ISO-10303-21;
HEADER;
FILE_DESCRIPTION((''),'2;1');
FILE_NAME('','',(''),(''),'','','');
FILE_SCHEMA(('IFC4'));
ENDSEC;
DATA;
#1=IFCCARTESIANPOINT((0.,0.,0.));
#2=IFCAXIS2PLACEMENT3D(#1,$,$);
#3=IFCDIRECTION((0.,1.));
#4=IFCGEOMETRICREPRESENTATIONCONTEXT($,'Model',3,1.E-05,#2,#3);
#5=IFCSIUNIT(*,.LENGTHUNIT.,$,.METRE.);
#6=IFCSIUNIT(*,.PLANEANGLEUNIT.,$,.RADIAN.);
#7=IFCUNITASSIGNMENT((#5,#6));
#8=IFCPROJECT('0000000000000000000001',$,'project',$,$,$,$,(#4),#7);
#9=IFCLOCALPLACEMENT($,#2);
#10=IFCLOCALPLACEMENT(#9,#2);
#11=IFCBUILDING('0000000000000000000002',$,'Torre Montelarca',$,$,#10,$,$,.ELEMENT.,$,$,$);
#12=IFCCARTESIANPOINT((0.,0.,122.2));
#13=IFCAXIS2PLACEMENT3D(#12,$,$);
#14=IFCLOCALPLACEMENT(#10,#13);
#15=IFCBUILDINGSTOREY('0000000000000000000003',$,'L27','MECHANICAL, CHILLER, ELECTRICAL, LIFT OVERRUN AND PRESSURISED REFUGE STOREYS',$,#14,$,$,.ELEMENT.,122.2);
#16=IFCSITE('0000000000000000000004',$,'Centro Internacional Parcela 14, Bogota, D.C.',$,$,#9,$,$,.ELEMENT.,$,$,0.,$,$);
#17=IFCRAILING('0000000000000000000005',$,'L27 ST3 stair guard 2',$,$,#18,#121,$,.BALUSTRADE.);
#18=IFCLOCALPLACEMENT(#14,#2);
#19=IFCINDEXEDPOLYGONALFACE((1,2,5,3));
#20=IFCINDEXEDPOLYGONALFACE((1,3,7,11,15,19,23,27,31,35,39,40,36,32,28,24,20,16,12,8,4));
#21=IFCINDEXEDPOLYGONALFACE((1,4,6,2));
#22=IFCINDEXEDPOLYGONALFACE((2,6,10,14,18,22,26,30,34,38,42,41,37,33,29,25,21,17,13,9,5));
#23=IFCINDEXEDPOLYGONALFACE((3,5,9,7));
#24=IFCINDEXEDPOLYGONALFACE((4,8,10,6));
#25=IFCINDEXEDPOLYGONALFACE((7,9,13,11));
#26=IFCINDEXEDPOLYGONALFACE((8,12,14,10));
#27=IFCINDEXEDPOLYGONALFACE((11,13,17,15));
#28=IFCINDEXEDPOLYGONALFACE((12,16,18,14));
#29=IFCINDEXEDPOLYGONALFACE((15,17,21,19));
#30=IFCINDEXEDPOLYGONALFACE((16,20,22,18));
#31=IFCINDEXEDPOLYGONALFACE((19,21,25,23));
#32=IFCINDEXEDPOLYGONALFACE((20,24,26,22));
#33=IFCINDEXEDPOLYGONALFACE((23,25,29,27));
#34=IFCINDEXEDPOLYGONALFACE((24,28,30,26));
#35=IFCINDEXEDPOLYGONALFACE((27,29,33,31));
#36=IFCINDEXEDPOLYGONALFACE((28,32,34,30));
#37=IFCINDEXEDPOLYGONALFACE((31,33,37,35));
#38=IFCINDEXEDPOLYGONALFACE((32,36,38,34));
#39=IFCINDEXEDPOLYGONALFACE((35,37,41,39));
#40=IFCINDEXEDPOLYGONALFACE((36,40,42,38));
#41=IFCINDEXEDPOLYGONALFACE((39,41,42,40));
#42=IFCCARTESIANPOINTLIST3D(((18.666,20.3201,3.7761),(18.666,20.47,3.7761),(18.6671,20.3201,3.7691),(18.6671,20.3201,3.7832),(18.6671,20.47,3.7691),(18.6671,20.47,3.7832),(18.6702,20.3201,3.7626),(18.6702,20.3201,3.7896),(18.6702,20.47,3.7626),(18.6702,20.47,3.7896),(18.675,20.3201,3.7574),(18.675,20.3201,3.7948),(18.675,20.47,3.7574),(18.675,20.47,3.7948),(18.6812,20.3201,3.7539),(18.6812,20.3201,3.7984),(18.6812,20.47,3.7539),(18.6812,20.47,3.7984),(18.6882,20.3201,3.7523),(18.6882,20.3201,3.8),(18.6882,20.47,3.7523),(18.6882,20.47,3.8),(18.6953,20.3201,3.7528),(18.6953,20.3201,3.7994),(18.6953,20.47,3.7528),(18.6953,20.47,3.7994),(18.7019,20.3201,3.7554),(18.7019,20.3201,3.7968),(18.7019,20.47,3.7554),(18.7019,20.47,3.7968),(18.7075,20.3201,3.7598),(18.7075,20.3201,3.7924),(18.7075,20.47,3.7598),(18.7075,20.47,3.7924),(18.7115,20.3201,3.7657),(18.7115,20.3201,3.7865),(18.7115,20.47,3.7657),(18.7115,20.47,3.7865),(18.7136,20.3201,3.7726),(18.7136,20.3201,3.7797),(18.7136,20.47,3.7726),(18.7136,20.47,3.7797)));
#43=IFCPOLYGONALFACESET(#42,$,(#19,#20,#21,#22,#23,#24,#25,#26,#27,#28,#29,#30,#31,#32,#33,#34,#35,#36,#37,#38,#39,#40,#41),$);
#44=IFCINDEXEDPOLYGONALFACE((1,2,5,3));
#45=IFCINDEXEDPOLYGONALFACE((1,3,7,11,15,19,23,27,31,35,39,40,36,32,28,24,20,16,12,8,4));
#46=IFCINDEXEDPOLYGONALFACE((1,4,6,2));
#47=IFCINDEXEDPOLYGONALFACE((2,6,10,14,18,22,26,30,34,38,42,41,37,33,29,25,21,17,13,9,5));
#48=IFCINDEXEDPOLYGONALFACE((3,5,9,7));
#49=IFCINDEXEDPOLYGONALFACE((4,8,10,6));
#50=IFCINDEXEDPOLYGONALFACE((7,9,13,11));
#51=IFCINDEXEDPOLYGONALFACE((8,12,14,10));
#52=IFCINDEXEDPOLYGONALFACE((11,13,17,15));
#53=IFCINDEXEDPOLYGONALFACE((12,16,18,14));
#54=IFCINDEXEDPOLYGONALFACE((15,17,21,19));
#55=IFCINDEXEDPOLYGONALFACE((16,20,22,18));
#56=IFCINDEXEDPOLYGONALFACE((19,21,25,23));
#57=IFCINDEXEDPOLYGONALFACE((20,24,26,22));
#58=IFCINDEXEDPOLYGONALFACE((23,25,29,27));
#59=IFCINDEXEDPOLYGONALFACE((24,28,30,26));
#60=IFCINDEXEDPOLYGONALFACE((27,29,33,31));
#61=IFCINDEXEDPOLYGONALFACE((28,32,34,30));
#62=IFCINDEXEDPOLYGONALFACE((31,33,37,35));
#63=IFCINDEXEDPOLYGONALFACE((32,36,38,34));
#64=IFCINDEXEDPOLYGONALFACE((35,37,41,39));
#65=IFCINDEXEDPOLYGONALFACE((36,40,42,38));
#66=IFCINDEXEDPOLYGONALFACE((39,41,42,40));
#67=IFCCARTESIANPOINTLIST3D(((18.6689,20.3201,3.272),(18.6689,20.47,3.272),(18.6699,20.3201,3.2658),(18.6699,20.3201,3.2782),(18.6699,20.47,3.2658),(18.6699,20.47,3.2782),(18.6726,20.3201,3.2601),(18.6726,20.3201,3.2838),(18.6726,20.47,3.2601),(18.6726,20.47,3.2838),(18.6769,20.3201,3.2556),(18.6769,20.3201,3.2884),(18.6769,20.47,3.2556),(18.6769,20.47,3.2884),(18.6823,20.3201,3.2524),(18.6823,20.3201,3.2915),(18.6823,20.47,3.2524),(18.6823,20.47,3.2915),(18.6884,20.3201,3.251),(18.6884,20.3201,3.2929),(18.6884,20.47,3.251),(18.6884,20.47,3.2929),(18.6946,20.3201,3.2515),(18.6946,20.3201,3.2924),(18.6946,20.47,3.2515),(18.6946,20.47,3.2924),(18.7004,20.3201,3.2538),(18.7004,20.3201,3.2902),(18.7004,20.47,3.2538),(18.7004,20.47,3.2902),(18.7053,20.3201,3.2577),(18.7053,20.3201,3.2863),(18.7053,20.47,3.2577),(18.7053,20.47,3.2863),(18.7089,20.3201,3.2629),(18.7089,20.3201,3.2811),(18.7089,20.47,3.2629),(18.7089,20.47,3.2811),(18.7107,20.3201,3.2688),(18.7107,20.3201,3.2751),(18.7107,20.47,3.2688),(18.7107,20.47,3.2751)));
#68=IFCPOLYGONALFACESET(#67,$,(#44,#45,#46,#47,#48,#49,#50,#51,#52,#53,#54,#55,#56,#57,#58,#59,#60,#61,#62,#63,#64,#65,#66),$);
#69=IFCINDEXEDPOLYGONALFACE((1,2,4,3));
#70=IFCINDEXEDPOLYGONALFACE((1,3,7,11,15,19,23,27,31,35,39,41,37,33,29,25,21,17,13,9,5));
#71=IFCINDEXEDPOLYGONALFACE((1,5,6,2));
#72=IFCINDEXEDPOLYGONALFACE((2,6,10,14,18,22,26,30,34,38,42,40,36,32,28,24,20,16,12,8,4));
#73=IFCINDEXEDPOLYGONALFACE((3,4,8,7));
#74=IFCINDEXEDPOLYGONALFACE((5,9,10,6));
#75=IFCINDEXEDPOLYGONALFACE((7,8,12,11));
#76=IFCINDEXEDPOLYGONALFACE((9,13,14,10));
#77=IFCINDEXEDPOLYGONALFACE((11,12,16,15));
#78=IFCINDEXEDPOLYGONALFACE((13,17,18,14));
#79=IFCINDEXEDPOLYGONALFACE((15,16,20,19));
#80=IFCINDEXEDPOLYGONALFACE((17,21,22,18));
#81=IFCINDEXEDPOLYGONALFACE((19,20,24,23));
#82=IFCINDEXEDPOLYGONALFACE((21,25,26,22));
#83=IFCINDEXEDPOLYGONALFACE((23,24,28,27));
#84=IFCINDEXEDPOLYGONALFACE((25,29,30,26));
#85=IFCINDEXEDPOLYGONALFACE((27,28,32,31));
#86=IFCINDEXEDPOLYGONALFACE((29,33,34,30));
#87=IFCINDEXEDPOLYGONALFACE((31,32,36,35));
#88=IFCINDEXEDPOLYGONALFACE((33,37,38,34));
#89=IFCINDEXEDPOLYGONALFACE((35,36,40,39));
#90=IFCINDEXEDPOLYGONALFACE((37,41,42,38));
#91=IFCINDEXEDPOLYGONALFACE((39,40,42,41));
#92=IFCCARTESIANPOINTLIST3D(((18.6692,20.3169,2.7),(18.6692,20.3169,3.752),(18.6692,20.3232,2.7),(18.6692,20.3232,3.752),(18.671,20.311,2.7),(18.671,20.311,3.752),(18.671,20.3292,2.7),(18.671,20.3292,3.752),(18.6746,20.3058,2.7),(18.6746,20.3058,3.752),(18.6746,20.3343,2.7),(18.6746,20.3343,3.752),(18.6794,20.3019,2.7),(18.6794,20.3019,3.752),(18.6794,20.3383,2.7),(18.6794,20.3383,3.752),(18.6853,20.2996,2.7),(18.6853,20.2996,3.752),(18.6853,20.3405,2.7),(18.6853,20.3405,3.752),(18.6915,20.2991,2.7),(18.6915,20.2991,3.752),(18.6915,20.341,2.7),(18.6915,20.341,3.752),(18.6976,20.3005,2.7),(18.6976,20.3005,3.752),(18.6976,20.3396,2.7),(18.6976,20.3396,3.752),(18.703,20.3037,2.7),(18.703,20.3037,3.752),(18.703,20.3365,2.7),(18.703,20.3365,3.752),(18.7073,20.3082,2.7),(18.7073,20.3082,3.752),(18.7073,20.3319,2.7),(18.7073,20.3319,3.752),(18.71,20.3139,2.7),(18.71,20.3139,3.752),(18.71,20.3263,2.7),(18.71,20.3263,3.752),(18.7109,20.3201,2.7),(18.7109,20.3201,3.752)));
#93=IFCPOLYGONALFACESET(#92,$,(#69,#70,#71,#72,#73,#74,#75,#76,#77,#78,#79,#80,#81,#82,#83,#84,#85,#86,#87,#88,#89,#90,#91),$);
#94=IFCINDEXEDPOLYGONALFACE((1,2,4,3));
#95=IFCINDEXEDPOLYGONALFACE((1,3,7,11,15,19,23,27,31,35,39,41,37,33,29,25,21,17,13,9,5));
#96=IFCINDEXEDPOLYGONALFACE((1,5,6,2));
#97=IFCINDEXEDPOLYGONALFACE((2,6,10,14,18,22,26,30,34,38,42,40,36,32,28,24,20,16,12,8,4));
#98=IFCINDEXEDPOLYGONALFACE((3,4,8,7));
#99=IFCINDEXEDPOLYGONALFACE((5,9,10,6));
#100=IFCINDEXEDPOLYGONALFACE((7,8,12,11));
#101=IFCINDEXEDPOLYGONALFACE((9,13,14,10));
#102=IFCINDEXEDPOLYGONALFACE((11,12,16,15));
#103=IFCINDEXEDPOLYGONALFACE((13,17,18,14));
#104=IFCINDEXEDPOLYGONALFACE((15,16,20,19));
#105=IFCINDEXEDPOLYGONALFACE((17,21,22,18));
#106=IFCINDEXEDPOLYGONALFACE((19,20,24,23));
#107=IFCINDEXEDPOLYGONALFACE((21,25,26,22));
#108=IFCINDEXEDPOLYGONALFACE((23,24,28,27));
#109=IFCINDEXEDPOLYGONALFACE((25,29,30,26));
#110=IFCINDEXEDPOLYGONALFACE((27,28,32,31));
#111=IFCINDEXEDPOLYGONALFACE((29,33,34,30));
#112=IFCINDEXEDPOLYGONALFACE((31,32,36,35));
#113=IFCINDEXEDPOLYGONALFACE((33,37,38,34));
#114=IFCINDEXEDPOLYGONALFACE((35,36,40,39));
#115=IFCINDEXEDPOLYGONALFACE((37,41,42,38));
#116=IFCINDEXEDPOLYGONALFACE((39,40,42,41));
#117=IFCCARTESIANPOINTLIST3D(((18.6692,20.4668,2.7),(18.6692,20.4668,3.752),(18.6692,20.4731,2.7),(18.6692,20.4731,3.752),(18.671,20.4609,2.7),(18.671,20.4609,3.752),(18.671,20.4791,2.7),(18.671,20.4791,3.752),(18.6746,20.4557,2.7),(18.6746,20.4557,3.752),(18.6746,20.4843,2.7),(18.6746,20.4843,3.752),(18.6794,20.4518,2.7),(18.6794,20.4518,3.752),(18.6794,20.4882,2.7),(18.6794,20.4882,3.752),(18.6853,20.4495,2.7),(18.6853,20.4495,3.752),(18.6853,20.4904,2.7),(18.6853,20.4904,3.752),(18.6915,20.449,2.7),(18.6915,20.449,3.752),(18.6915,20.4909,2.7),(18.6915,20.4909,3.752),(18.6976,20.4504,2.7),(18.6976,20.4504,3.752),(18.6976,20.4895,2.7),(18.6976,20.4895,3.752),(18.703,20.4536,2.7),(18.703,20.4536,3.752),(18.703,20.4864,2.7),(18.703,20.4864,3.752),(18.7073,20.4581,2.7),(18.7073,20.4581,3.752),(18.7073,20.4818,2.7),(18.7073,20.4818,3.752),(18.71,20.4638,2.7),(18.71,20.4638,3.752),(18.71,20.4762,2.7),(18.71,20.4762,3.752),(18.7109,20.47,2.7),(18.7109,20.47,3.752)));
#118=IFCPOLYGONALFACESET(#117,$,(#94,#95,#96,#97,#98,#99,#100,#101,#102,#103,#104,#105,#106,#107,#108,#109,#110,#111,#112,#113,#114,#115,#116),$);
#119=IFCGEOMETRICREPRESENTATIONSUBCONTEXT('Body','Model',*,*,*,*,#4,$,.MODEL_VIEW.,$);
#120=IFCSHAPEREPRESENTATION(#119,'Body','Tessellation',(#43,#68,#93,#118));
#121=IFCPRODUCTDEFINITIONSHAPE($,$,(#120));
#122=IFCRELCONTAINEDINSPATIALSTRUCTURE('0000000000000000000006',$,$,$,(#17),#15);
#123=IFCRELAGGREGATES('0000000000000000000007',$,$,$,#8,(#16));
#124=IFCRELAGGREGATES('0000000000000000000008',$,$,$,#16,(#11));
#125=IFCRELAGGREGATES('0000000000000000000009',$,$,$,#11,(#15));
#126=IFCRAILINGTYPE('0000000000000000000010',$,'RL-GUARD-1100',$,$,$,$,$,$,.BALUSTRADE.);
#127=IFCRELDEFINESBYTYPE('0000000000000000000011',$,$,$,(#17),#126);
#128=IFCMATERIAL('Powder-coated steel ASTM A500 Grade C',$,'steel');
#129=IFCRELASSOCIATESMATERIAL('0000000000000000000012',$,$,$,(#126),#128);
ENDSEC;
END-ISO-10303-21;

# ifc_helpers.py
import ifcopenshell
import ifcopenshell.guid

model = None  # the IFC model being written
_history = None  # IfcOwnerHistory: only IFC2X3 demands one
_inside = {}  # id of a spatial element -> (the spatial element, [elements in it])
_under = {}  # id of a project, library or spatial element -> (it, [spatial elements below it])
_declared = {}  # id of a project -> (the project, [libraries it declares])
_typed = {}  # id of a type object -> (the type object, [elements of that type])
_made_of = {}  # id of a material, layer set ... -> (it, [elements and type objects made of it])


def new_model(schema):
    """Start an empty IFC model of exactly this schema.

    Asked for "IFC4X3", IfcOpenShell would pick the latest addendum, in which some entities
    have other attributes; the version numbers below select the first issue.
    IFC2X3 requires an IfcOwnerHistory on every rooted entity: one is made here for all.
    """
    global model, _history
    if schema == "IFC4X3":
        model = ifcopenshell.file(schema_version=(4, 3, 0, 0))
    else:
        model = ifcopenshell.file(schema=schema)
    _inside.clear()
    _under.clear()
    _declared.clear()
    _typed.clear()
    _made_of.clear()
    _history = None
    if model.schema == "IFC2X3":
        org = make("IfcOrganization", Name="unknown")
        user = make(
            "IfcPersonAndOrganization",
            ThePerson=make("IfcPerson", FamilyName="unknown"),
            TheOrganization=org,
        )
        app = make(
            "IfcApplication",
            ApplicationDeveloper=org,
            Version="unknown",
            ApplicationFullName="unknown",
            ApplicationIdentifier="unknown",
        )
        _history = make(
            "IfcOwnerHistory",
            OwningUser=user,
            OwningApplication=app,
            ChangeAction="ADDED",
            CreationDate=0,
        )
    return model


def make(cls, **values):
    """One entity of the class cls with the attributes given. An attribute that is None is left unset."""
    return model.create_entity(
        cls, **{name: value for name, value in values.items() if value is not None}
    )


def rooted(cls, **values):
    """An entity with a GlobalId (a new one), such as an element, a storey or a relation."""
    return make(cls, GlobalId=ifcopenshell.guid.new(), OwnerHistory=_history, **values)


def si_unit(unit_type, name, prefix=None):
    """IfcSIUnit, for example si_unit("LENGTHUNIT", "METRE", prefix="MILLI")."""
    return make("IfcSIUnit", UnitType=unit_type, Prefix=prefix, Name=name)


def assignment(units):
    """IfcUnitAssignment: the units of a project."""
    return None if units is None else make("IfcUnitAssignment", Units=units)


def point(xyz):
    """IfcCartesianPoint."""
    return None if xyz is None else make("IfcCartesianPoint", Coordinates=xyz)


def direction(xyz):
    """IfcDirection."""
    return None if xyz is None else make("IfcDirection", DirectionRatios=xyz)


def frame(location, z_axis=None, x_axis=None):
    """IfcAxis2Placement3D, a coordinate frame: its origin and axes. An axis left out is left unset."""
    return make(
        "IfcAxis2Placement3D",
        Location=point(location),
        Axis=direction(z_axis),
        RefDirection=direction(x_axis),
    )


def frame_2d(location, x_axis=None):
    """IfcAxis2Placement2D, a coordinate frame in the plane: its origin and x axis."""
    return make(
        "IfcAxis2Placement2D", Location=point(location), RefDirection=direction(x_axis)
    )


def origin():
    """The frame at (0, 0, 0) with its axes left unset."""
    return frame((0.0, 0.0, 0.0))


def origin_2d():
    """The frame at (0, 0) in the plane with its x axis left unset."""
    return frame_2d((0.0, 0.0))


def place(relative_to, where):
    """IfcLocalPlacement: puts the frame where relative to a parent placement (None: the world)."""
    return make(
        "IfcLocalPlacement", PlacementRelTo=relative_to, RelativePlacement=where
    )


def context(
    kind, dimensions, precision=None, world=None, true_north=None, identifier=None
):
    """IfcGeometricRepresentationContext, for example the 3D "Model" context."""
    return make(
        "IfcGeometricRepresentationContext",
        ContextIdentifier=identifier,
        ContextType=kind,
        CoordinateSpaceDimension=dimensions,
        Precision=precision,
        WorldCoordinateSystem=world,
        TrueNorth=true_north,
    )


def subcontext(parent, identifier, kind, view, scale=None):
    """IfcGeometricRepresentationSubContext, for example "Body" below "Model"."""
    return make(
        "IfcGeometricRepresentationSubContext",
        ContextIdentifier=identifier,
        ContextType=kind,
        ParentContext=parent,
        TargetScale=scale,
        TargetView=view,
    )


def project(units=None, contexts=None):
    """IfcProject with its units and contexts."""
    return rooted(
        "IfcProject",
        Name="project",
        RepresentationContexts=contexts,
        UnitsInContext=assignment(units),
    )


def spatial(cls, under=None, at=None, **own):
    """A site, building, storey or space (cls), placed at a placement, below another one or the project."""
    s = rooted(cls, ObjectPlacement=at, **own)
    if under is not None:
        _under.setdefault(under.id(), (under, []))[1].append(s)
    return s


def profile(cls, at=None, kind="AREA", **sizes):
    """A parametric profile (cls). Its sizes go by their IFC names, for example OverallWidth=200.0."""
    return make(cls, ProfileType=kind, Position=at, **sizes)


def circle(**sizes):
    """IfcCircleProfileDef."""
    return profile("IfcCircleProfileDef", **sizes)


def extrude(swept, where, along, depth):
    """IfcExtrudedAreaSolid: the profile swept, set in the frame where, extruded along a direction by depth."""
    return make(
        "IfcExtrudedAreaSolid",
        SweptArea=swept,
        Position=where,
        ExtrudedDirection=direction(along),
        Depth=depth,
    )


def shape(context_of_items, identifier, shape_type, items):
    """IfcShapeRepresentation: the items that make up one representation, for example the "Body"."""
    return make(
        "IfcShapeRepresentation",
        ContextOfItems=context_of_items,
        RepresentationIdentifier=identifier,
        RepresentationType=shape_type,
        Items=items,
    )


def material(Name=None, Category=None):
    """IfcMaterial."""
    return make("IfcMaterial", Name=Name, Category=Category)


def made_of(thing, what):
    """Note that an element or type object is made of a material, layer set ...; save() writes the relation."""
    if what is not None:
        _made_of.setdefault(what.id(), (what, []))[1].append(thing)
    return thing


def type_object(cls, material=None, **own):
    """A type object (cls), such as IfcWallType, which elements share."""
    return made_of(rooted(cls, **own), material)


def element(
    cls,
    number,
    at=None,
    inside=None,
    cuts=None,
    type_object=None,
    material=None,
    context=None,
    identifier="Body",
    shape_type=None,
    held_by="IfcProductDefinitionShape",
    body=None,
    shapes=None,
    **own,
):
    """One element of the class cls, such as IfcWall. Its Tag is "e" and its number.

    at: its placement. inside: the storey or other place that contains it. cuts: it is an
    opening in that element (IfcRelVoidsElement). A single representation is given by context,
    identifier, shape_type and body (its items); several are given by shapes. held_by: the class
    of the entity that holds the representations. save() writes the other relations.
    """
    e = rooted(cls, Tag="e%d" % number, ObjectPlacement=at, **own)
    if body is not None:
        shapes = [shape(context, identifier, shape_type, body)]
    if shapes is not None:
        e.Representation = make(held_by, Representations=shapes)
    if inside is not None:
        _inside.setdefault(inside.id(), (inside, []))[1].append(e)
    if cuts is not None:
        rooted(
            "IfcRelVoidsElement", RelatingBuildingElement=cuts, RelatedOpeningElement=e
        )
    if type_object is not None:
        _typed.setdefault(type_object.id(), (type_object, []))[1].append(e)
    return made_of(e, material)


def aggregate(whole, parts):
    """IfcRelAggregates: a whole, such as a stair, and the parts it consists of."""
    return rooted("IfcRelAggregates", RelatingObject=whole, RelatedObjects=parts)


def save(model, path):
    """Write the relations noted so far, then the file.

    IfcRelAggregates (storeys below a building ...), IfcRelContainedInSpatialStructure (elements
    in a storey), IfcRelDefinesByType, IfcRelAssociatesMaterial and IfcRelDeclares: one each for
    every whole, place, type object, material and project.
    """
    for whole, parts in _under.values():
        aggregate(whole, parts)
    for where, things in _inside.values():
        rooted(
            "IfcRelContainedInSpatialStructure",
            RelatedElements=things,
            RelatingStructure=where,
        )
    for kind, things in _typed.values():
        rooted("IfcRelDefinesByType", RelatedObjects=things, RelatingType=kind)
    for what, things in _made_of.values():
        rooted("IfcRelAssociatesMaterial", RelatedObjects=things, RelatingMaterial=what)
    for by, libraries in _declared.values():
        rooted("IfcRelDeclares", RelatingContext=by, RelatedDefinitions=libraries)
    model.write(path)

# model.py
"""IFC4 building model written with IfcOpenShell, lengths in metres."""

from ifc_helpers import new_model, si_unit, direction, frame, origin, origin_2d, place, context, subcontext, project, spatial, circle, extrude, material, type_object, element, save


model = new_model("IFC4")

# Units and contexts
model_context = context("Model", 3, precision=1e-05, world=origin(), true_north=direction((0.0, 1.0)))
body_context = subcontext(model_context, "Body", "Model", "MODEL_VIEW")
ifc_project = project(units=[si_unit("LENGTHUNIT", "METRE"), si_unit("PLANEANGLEUNIT", "RADIAN")], contexts=[model_context])

# Site, building, storey
site_placement = place(None, origin())
site = spatial("IfcSite", under=ifc_project, at=site_placement, Name="Centro Internacional Parcela 14, Bogota, D.C.", CompositionType="ELEMENT", RefElevation=0.0)
building_placement = place(site_placement, origin())
building = spatial("IfcBuilding", under=site, at=building_placement, Name="Torre Montelarca", CompositionType="ELEMENT")
storey_placement = place(building_placement, frame((0.0, 0.0, 122.2)))
storey = spatial("IfcBuildingStorey", under=building, at=storey_placement, Name="L27", Description="MECHANICAL, CHILLER, ELECTRICAL, LIFT OVERRUN AND PRESSURISED REFUGE STOREYS", CompositionType="ELEMENT", Elevation=122.2)

# Railing
ifc_material_1 = material(Name="Powder-coated steel ASTM A500 Grade C", Category="steel")
railing_type_1 = type_object("IfcRailingType", Name="RL-GUARD-1100", PredefinedType="BALUSTRADE", material=ifc_material_1)
railing_1_placement = place(storey_placement, frame((18.6899, 20.3201, 2.7)))
element("IfcRailing", 1, at=railing_1_placement, inside=storey, type_object=railing_type_1, Name="L27 ST3 stair guard 2", PredefinedType="BALUSTRADE", context=body_context, shape_type="SweptSolid", body=[
    extrude(circle(Radius=0.0239, at=origin_2d()), frame((0.0, 0.0, 1.0762), z_axis=(0.0, 1.0, 0.0), x_axis=(-1.0, 0.0, 0.0)), (0.0, 0.0, 1.0), 0.1499),
    extrude(circle(Radius=0.021, at=origin_2d()), frame((0.0, 0.0, 0.572), z_axis=(0.0, 1.0, 0.0), x_axis=(-1.0, 0.0, 0.0)), (0.0, 0.0, 1.0), 0.1499),
    extrude(circle(Radius=0.021, at=origin_2d()), origin(), (0.0, 0.0, 1.0), 1.052),
    extrude(circle(Radius=0.021, at=origin_2d()), frame((0.0, 0.1499, 0.0)), (0.0, 0.0, 1.0), 1.052),
])

save(model, "model.ifc")
